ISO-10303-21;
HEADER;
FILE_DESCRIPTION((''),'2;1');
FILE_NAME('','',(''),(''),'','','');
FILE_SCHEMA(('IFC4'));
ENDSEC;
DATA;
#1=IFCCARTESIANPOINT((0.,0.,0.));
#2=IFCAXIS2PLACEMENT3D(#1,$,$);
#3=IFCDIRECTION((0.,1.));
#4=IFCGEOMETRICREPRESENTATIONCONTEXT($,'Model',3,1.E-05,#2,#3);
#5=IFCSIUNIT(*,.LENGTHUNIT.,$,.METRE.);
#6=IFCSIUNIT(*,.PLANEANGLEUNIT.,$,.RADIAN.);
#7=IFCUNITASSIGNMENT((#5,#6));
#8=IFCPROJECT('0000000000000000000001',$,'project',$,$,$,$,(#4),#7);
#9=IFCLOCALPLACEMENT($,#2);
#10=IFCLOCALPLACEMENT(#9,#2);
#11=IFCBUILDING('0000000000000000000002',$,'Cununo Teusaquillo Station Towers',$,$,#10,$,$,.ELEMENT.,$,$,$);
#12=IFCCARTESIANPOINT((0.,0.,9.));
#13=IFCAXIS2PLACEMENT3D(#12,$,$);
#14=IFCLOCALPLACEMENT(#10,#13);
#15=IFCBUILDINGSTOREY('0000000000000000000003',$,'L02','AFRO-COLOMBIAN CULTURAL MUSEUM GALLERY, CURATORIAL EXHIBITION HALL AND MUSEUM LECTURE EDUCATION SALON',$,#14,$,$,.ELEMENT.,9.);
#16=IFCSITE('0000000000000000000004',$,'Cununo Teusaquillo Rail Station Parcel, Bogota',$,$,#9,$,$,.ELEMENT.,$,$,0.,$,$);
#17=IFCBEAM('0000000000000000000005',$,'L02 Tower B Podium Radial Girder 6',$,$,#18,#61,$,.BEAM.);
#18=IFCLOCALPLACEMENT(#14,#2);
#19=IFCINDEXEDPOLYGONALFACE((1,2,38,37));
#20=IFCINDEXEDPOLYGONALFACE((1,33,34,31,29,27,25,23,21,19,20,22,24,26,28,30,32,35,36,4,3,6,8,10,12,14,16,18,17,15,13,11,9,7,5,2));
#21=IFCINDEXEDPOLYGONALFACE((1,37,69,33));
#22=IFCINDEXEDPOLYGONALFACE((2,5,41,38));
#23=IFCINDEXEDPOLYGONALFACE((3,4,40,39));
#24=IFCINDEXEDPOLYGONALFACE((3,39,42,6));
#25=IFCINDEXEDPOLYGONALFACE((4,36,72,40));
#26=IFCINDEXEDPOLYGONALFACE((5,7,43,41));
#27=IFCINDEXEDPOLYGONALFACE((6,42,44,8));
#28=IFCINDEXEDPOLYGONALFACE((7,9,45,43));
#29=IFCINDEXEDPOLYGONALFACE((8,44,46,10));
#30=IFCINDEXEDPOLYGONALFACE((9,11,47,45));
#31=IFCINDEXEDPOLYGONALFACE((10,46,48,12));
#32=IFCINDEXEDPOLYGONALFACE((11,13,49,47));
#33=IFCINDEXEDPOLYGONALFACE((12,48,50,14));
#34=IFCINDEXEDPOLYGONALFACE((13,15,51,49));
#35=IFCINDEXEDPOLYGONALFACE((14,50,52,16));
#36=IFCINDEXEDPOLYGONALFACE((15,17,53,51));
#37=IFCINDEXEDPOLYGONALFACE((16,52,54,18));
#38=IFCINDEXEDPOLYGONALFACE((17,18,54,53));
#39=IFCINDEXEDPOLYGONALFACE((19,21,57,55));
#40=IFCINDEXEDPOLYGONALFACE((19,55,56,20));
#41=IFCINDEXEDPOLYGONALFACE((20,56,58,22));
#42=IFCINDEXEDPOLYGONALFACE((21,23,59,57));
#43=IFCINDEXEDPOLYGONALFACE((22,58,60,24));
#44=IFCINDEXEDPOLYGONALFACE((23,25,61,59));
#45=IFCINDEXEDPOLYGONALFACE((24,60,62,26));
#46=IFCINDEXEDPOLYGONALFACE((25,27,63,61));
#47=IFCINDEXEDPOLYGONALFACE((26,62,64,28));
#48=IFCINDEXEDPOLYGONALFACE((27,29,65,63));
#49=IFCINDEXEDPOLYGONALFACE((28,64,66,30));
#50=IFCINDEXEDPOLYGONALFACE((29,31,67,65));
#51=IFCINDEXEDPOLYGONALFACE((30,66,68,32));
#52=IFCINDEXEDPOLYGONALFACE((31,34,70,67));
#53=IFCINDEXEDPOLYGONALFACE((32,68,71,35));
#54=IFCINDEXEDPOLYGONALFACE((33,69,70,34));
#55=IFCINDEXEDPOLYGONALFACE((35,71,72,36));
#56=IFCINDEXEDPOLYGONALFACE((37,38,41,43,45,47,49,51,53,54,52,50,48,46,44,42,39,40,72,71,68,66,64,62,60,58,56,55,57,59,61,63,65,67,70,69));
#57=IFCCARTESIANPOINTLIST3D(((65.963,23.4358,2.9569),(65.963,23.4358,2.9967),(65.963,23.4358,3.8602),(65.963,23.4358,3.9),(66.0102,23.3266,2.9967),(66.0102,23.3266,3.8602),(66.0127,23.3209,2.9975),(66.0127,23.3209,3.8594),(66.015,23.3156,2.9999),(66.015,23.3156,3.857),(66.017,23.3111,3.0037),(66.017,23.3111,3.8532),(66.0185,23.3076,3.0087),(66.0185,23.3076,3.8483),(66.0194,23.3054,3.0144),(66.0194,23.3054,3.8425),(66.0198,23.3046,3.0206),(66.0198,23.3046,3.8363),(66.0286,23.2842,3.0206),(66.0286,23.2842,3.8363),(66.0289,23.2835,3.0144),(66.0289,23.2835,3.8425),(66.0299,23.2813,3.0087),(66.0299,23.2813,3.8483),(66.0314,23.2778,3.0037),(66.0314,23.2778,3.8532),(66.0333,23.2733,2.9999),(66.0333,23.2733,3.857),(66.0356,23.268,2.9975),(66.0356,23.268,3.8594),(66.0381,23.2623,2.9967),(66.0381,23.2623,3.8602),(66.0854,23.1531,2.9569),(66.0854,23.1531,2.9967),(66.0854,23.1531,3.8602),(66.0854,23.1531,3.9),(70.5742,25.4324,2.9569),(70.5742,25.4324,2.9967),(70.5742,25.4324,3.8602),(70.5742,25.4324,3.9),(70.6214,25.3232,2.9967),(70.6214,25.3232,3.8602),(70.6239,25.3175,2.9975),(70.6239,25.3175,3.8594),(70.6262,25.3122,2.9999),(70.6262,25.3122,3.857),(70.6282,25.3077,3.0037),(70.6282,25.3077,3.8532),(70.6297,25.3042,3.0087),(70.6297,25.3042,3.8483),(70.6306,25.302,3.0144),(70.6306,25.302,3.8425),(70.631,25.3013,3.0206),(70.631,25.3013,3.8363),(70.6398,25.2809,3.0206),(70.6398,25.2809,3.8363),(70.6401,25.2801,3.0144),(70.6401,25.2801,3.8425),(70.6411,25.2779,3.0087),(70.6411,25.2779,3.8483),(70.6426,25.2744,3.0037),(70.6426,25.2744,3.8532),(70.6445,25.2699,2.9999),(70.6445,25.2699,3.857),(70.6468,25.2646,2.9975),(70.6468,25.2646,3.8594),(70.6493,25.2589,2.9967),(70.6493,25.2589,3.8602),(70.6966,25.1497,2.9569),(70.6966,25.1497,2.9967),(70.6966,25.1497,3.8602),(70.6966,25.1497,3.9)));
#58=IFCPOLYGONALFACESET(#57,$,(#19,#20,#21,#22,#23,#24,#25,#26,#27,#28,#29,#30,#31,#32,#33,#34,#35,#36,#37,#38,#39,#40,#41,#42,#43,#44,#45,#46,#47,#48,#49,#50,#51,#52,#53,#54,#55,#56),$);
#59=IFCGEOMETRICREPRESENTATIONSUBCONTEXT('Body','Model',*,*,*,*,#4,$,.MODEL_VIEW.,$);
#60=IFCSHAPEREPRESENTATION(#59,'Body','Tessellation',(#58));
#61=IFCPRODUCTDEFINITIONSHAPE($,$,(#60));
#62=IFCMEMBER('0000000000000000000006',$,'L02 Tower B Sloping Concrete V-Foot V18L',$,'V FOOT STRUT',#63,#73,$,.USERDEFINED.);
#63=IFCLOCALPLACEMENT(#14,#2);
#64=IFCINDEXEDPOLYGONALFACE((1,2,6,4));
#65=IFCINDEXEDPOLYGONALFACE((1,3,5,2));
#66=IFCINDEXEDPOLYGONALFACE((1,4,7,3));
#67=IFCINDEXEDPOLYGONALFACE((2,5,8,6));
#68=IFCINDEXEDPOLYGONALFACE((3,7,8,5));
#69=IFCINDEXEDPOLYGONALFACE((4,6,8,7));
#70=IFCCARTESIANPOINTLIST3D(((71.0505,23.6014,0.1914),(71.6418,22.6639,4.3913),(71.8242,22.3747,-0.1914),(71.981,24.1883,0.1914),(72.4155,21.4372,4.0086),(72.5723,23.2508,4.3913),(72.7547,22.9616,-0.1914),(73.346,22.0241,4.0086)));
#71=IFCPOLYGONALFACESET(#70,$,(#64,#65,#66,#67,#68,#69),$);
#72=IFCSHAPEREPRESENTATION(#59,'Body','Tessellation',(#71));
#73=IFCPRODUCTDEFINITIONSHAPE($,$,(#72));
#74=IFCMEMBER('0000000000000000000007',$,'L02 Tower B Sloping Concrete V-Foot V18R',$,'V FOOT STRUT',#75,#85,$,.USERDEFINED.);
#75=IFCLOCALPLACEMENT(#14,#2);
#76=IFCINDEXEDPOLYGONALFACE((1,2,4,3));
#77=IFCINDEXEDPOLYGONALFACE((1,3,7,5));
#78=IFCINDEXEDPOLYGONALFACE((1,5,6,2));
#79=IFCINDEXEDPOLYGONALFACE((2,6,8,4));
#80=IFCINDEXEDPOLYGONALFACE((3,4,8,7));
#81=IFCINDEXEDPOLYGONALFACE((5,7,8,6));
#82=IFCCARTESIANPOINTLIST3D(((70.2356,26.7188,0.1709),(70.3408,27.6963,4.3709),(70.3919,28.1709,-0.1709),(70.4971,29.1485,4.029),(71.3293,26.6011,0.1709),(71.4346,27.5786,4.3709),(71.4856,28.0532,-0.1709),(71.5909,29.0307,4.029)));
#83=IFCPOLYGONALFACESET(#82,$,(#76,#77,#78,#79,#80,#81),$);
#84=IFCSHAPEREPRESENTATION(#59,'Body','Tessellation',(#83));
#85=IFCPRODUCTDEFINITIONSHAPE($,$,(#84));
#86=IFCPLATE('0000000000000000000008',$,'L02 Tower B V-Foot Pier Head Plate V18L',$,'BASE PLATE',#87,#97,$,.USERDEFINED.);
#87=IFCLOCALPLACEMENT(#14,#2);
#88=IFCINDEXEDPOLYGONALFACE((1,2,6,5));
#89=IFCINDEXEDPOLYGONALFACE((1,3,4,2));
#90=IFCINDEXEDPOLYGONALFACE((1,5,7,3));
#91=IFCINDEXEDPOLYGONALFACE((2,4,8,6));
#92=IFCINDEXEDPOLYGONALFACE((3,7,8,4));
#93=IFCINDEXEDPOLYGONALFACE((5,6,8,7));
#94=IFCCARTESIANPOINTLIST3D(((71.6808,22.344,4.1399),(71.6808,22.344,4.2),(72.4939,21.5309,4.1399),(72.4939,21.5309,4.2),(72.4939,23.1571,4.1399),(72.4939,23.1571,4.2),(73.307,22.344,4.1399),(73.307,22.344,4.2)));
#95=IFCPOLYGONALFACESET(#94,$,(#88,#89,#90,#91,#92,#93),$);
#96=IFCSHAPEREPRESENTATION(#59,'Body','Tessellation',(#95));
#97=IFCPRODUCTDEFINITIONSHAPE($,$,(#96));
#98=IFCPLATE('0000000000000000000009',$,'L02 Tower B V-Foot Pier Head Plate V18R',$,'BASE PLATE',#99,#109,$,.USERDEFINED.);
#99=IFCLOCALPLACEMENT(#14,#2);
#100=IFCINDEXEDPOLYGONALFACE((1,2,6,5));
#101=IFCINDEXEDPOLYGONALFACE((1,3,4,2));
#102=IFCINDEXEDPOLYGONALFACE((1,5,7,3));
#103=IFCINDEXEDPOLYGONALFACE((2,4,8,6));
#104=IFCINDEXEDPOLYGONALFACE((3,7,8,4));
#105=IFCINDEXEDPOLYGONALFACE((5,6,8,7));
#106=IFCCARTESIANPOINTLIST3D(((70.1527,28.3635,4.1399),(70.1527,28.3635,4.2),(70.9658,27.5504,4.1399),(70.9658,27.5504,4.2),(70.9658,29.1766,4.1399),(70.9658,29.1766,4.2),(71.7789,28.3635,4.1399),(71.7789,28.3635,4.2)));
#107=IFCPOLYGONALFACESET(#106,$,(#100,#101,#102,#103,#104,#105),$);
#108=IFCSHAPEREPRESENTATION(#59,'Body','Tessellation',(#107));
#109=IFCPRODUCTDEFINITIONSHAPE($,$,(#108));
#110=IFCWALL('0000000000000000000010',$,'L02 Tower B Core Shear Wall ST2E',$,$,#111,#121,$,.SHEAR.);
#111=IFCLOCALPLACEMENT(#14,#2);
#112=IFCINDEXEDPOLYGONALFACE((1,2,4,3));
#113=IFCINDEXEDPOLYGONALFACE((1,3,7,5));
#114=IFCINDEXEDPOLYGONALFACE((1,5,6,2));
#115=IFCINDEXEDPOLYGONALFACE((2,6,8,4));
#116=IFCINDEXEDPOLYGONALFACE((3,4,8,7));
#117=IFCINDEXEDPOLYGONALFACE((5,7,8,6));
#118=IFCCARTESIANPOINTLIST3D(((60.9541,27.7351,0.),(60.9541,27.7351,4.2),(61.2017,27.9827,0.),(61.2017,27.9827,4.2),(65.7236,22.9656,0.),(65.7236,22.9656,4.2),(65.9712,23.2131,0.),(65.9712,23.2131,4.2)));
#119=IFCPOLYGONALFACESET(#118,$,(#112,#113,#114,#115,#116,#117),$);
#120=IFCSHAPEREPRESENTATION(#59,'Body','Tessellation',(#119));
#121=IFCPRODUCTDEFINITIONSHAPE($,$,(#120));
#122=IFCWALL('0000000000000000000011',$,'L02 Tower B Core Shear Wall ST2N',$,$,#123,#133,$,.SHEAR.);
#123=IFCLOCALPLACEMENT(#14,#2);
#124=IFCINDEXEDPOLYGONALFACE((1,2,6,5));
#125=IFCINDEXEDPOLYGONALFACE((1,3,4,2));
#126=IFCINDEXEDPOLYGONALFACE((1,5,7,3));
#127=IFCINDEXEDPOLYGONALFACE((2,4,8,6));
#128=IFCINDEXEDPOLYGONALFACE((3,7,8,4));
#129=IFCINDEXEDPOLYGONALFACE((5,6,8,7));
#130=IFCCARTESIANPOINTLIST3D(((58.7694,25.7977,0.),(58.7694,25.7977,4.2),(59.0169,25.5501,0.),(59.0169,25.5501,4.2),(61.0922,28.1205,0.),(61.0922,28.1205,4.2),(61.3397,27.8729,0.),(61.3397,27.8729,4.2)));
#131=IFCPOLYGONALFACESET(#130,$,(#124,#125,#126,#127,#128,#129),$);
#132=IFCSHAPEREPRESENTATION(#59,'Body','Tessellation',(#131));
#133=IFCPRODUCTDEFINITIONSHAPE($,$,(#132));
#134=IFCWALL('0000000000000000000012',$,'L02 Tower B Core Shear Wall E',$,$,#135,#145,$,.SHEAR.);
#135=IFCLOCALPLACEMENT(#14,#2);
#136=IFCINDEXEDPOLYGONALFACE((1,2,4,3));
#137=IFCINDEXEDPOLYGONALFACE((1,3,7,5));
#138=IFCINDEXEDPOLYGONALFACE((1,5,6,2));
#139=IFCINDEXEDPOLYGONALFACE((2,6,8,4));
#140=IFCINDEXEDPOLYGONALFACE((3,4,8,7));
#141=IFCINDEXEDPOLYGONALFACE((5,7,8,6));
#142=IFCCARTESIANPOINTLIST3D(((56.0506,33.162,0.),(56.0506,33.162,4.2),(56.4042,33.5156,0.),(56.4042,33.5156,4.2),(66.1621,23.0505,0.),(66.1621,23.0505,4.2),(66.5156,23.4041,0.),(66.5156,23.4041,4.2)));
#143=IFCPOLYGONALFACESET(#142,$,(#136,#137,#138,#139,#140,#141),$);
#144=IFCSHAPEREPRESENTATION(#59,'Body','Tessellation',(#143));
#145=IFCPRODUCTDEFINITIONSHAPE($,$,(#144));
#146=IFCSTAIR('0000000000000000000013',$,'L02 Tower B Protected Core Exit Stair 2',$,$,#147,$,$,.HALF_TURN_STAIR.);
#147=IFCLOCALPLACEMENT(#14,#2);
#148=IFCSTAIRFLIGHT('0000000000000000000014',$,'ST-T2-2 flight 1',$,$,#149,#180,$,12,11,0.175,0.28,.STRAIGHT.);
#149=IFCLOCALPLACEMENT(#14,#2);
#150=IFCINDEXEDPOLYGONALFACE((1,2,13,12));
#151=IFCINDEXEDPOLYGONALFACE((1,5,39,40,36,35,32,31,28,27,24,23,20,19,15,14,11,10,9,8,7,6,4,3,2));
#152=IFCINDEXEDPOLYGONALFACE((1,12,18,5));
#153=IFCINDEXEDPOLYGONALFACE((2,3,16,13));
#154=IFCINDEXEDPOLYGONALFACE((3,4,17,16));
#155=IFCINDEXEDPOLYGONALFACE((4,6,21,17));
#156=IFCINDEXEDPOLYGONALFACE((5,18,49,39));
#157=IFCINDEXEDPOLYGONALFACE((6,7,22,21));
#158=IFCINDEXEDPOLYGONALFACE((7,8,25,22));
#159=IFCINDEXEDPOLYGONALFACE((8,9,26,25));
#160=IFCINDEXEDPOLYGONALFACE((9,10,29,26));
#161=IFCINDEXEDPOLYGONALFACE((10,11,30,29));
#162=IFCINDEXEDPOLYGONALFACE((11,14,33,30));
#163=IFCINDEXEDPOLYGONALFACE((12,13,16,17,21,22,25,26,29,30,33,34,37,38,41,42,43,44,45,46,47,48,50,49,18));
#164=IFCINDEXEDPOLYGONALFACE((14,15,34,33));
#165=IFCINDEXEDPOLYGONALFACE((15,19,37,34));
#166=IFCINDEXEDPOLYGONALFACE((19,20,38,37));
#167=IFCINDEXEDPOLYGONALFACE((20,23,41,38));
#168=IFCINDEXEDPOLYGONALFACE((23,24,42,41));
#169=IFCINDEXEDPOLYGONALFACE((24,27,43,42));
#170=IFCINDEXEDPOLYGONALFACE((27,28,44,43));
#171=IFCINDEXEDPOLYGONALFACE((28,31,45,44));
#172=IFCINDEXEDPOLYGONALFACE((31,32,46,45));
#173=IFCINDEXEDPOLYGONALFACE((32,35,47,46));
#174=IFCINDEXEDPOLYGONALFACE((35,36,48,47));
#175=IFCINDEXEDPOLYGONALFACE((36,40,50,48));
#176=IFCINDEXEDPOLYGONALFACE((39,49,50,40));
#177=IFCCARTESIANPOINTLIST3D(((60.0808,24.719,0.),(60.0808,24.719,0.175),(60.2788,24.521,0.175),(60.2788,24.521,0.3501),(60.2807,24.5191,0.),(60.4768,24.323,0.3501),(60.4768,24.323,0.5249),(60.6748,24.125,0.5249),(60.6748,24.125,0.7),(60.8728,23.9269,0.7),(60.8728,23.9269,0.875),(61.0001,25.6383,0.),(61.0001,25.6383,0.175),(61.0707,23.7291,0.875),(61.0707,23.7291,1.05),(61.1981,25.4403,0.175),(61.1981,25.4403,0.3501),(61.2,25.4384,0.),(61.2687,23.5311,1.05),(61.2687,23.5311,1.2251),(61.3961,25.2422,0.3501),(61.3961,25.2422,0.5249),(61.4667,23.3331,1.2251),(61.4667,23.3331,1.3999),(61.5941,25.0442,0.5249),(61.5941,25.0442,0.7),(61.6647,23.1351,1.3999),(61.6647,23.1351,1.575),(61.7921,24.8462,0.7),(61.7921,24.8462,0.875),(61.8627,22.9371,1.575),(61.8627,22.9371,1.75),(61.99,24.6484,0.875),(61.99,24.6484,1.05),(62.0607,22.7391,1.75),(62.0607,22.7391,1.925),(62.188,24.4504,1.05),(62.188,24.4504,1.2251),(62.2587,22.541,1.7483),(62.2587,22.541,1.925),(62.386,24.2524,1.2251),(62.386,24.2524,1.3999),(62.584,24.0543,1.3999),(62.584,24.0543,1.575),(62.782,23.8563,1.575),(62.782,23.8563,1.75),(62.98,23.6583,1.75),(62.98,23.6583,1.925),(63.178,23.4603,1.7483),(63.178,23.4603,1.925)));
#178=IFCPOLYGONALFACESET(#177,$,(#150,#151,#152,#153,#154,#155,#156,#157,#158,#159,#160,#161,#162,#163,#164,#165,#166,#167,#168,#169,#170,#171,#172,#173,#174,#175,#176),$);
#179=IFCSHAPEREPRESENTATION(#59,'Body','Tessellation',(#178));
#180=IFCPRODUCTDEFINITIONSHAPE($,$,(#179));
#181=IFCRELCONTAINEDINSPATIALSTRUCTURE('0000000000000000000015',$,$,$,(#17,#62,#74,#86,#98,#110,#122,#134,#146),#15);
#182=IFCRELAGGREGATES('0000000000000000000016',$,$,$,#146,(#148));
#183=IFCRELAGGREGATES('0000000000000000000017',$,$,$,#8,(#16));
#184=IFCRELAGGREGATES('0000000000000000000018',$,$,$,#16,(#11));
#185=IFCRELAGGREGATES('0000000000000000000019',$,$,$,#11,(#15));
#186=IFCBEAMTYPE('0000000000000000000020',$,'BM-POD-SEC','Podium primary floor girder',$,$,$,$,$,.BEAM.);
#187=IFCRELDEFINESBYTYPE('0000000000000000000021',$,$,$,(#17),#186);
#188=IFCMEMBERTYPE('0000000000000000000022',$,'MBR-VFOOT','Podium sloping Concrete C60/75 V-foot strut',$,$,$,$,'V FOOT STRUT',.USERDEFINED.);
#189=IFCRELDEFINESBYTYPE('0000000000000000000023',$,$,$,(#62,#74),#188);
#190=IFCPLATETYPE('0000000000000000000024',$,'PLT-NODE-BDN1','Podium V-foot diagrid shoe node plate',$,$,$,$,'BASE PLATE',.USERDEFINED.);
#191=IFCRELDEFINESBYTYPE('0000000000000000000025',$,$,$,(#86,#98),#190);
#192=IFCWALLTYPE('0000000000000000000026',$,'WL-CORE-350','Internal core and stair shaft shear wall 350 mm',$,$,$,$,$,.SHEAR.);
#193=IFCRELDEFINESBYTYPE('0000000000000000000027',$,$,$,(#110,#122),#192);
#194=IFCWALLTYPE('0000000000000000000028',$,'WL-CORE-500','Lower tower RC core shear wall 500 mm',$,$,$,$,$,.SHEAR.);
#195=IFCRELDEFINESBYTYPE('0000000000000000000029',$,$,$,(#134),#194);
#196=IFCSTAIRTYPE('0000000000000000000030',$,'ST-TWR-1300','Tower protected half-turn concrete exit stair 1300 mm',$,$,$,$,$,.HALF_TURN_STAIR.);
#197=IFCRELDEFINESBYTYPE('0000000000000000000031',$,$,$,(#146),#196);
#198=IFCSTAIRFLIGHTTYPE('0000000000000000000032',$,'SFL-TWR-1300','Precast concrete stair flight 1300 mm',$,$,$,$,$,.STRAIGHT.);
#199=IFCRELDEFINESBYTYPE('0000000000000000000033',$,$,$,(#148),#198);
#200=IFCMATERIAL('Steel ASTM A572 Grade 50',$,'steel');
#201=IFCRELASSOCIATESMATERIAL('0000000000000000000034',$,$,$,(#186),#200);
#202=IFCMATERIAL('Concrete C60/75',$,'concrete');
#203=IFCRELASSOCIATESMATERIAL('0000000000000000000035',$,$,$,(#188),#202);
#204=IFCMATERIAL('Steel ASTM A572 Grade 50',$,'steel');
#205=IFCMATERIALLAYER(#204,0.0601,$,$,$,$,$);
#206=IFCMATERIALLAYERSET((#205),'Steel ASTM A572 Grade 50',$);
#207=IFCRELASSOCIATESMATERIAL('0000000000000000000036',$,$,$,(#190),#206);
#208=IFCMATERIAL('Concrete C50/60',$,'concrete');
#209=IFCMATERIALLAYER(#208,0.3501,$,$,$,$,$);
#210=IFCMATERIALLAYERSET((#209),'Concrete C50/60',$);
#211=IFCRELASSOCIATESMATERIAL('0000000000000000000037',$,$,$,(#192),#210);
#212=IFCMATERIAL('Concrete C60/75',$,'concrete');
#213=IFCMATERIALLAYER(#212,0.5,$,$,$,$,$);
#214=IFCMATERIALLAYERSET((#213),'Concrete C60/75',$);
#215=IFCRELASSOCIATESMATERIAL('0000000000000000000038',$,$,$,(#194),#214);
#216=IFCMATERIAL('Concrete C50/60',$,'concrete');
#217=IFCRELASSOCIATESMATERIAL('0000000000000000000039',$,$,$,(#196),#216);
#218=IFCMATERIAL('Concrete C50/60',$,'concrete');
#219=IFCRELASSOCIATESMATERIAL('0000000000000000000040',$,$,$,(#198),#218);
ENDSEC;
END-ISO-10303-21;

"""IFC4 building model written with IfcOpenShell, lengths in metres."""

from ifc_helpers import new_model, si_unit, direction, frame, frame_2d, origin, origin_2d, place, context, subcontext, project, spatial, polyline, rectangle, i_section, outline, extrude, source, transform, mapped, material, layer, layer_set, material_profile, profile_set, type_object, element, aggregate, save


model = new_model("IFC4")

# Units and contexts
model_context = context("Model", 3, precision=1e-05, world=origin(), true_north=direction((0.0, 1.0)))
body_context = subcontext(model_context, "Body", "Model", "MODEL_VIEW")
ifc_project = project(units=[si_unit("LENGTHUNIT", "METRE"), si_unit("PLANEANGLEUNIT", "RADIAN")], contexts=[model_context])

# Site, building, storey
site_placement = place(None, origin())
site = spatial("IfcSite", under=ifc_project, at=site_placement, Name="Cununo Teusaquillo Rail Station Parcel, Bogota", CompositionType="ELEMENT", RefElevation=0.0)
building_placement = place(site_placement, origin())
building = spatial("IfcBuilding", under=site, at=building_placement, Name="Cununo Teusaquillo Station Towers", CompositionType="ELEMENT")
storey_placement = place(building_placement, frame((0.0, 0.0, 9.0)))
storey = spatial("IfcBuildingStorey", under=building, at=storey_placement, Name="L02", Description="AFRO-COLOMBIAN CULTURAL MUSEUM GALLERY, CURATORIAL EXHIBITION HALL AND MUSEUM LECTURE EDUCATION SALON", CompositionType="ELEMENT", Elevation=9.0)

# Beam
ifc_material_1 = material(Name="Steel ASTM A572 Grade 50", Category="steel")
ifc_material_profile_1 = material_profile(ifc_material_1, i_section(OverallWidth=0.3081, OverallDepth=0.9431, WebThickness=0.0222, FlangeThickness=0.0398, FilletRadius=0.0239, at=origin_2d()), Name="W36X232")
ifc_profile_set_1 = profile_set([ifc_material_profile_1], Name="Steel ASTM A572 Grade 50")
beam_type_1 = type_object("IfcBeamType", Name="BM-POD-SEC", Description="Podium primary floor girder", PredefinedType="BEAM", material=ifc_profile_set_1)
beam_1_placement = place(storey_placement, frame((66.0242, 23.2944, 3.4285), z_axis=(0.917668, 0.397347, 0.0), x_axis=(-0.397347, 0.917668, 0.0)))
element("IfcBeam", 1, at=beam_1_placement, inside=storey, type_object=beam_type_1, Name="L02 Tower B Podium Radial Girder 6", PredefinedType="BEAM", context=body_context, shape_type="SweptSolid", body=[
    extrude(i_section(OverallWidth=0.3081, OverallDepth=0.9431, WebThickness=0.0222, FlangeThickness=0.0398, FilletRadius=0.0239, at=origin_2d()), origin(), (0.0, 0.0, 1.0), 5.0249),
])

# Members
ifc_material_2 = material(Name="Concrete C60/75", Category="concrete")
ifc_material_profile_2 = material_profile(ifc_material_2, rectangle(XDim=1.1001, YDim=1.5, at=origin_2d()), Name="RC-RECT-1500x1100")
ifc_profile_set_2 = profile_set([ifc_material_profile_2], Name="Concrete C60/75")
member_type = type_object("IfcMemberType", Name="MBR-VFOOT", Description="Podium sloping Concrete C60/75 V-foot strut", ElementType="V FOOT STRUT", PredefinedType="USERDEFINED", material=ifc_profile_set_2)
member_1_placement = place(storey_placement, frame((71.9026, 23.2815, 0.0), z_axis=(0.136129, -0.215827, 0.966896), x_axis=(0.845813, 0.533479, 0.0)))
element("IfcMember", 2, at=member_1_placement, inside=storey, type_object=member_type, Name="L02 Tower B Sloping Concrete V-Foot V18L", ObjectType="V FOOT STRUT", PredefinedType="USERDEFINED", context=body_context, shape_type="SweptSolid", body=[
    extrude(rectangle(XDim=1.1001, YDim=1.5, at=origin_2d()), origin(), (0.0, 0.0, 1.0), 4.3438),
])
member_2_placement = place(storey_placement, frame((70.8606, 27.386, 0.0), z_axis=(0.024394, 0.226623, 0.973677), x_axis=(-0.994256, 0.107024, 0.0)))
element("IfcMember", 3, at=member_2_placement, inside=storey, type_object=member_type, Name="L02 Tower B Sloping Concrete V-Foot V18R", ObjectType="V FOOT STRUT", PredefinedType="USERDEFINED", context=body_context, shape_type="SweptSolid", body=[
    extrude(rectangle(XDim=1.1001, YDim=1.5, at=origin_2d()), origin(), (0.0, 0.0, 1.0), 4.3135),
])

# Plates
ifc_material_3 = material(Name="Steel ASTM A572 Grade 50", Category="steel")
ifc_layer_1 = layer(ifc_material_3, 0.0601)
ifc_layer_set_1 = layer_set([ifc_layer_1], Name="Steel ASTM A572 Grade 50")
plate_type = type_object("IfcPlateType", Name="PLT-NODE-BDN1", Description="Podium V-foot diagrid shoe node plate", ElementType="BASE PLATE", PredefinedType="USERDEFINED", material=ifc_layer_set_1)
shared_shape = source(origin(), body_context, "Body", "SweptSolid", [
    extrude(rectangle(XDim=1.1499, YDim=1.1499, at=origin_2d()), origin(), (0.0, 0.0, 1.0), 0.0601),
])
for number, where, z_axis, x_axis, name in (
    (4, (72.4939, 22.344, 4.1399), (0.0, 0.0, 1.0), (0.707107, 0.707107, 0.0), "L02 Tower B V-Foot Pier Head Plate V18L"),
    (5, (70.9658, 28.3635, 4.1399), (0.0, 0.0, 1.0), (0.707107, 0.707107, 0.0), "L02 Tower B V-Foot Pier Head Plate V18R"),
):
    element("IfcPlate", number, at=place(storey_placement, frame(where, z_axis=z_axis, x_axis=x_axis)), inside=storey, type_object=plate_type, Name=name, ObjectType="BASE PLATE", PredefinedType="USERDEFINED", context=body_context, shape_type="MappedRepresentation", body=[
        mapped(shared_shape, transform((0.0, 0.0, 0.0), x_axis=(1.0, 0.0, 0.0), y_axis=(0.0, 1.0, 0.0), z_axis=(0.0, 0.0, 1.0), scale=1.0)),
    ])

# Walls
ifc_material_4 = material(Name="Concrete C50/60", Category="concrete")
ifc_layer_2 = layer(ifc_material_4, 0.3501)
ifc_layer_set_2 = layer_set([ifc_layer_2], Name="Concrete C50/60")
wall_type_1 = type_object("IfcWallType", Name="WL-CORE-350", Description="Internal core and stair shaft shear wall 350 mm", PredefinedType="SHEAR", material=ifc_layer_set_2)
wall_1_placement = place(storey_placement, frame((65.8474, 23.0894, 0.0), z_axis=(0.0, 0.0, 1.0), x_axis=(-0.707107, 0.707107, 0.0)))
element("IfcWall", 6, at=wall_1_placement, inside=storey, type_object=wall_type_1, Name="L02 Tower B Core Shear Wall ST2E", PredefinedType="SHEAR", context=body_context, shape_type="SweptSolid", body=[
    extrude(rectangle(XDim=6.7451, YDim=0.3501, at=frame_2d((3.3726, 0.0))), origin(), (0.0, 0.0, 1.0), 4.2),
])
wall_2_placement = place(storey_placement, frame((58.8931, 25.6738, 0.0), z_axis=(0.0, 0.0, 1.0), x_axis=(0.707107, 0.707107, 0.0)))
element("IfcWall", 7, at=wall_2_placement, inside=storey, type_object=wall_type_1, Name="L02 Tower B Core Shear Wall ST2N", PredefinedType="SHEAR", context=body_context, shape_type="SweptSolid", body=[
    extrude(rectangle(XDim=3.2849, YDim=0.3501, at=frame_2d((1.6426, 0.0))), origin(), (0.0, 0.0, 1.0), 4.2),
])
ifc_material_5 = material(Name="Concrete C60/75", Category="concrete")
ifc_layer_3 = layer(ifc_material_5, 0.5)
ifc_layer_set_3 = layer_set([ifc_layer_3], Name="Concrete C60/75")
wall_type_2 = type_object("IfcWallType", Name="WL-CORE-500", Description="Lower tower RC core shear wall 500 mm", PredefinedType="SHEAR", material=ifc_layer_set_3)
wall_3_placement = place(storey_placement, frame((66.3389, 23.2273, 0.0), z_axis=(0.0, 0.0, 1.0), x_axis=(-0.707107, 0.707107, 0.0)))
element("IfcWall", 8, at=wall_3_placement, inside=storey, type_object=wall_type_2, Name="L02 Tower B Core Shear Wall E", PredefinedType="SHEAR", context=body_context, shape_type="SweptSolid", body=[
    extrude(rectangle(XDim=14.2998, YDim=0.5, at=frame_2d((7.1499, 0.0))), origin(), (0.0, 0.0, 1.0), 4.2),
])

# Stair, stair flight
ifc_material_6 = material(Name="Concrete C50/60", Category="concrete")
stair_type = type_object("IfcStairType", Name="ST-TWR-1300", Description="Tower protected half-turn concrete exit stair 1300 mm", PredefinedType="HALF_TURN_STAIR", material=ifc_material_6)
stair_placement = place(storey_placement, origin())
stair = element("IfcStair", 9, at=stair_placement, inside=storey, type_object=stair_type, Name="L02 Tower B Protected Core Exit Stair 2", PredefinedType="HALF_TURN_STAIR")
ifc_material_7 = material(Name="Concrete C50/60", Category="concrete")
stair_flight_type = type_object("IfcStairFlightType", Name="SFL-TWR-1300", Description="Precast concrete stair flight 1300 mm", PredefinedType="STRAIGHT", material=ifc_material_7)
stair_flight_1_placement = place(storey_placement, frame((60.5405, 25.1787, 0.0), z_axis=(0.0, 0.0, 1.0), x_axis=(0.707107, -0.707107, 0.0)))
stair_flight_1 = element("IfcStairFlight", 10, at=stair_flight_1_placement, type_object=stair_flight_type, Name="ST-T2-2 flight 1", NumberOfRisers=12, NumberOfTreads=11, PredefinedType="STRAIGHT", RiserHeight=0.175, TreadLength=0.28, context=body_context, shape_type="SweptSolid", body=[
    extrude(outline(polyline([(0.0, 0.0), (0.0, 0.175), (0.28, 0.175), (0.28, 0.3501), (0.5601, 0.3501), (0.5601, 0.5249), (0.8401, 0.5249), (0.8401, 0.7), (1.1201, 0.7), (1.1201, 0.875), (1.3999, 0.875), (1.3999, 1.05), (1.6799, 1.05), (1.6799, 1.2251), (1.96, 1.2251), (1.96, 1.3999), (2.24, 1.3999), (2.24, 1.575), (2.52, 1.575), (2.52, 1.75), (2.8, 1.75), (2.8, 1.925), (3.0801, 1.925), (3.0801, 2.1001), (3.0801, 1.7483), (0.2827, 0.0), (0.0, 0.0)])), frame((0.0, 0.6499, 0.0), z_axis=(0.0, -1.0, 0.0), x_axis=(1.0, 0.0, 0.0)), (0.0, 0.0, 1.0), 1.3),
])
aggregate(stair, [stair_flight_1])

save(model, "model.ifc")
